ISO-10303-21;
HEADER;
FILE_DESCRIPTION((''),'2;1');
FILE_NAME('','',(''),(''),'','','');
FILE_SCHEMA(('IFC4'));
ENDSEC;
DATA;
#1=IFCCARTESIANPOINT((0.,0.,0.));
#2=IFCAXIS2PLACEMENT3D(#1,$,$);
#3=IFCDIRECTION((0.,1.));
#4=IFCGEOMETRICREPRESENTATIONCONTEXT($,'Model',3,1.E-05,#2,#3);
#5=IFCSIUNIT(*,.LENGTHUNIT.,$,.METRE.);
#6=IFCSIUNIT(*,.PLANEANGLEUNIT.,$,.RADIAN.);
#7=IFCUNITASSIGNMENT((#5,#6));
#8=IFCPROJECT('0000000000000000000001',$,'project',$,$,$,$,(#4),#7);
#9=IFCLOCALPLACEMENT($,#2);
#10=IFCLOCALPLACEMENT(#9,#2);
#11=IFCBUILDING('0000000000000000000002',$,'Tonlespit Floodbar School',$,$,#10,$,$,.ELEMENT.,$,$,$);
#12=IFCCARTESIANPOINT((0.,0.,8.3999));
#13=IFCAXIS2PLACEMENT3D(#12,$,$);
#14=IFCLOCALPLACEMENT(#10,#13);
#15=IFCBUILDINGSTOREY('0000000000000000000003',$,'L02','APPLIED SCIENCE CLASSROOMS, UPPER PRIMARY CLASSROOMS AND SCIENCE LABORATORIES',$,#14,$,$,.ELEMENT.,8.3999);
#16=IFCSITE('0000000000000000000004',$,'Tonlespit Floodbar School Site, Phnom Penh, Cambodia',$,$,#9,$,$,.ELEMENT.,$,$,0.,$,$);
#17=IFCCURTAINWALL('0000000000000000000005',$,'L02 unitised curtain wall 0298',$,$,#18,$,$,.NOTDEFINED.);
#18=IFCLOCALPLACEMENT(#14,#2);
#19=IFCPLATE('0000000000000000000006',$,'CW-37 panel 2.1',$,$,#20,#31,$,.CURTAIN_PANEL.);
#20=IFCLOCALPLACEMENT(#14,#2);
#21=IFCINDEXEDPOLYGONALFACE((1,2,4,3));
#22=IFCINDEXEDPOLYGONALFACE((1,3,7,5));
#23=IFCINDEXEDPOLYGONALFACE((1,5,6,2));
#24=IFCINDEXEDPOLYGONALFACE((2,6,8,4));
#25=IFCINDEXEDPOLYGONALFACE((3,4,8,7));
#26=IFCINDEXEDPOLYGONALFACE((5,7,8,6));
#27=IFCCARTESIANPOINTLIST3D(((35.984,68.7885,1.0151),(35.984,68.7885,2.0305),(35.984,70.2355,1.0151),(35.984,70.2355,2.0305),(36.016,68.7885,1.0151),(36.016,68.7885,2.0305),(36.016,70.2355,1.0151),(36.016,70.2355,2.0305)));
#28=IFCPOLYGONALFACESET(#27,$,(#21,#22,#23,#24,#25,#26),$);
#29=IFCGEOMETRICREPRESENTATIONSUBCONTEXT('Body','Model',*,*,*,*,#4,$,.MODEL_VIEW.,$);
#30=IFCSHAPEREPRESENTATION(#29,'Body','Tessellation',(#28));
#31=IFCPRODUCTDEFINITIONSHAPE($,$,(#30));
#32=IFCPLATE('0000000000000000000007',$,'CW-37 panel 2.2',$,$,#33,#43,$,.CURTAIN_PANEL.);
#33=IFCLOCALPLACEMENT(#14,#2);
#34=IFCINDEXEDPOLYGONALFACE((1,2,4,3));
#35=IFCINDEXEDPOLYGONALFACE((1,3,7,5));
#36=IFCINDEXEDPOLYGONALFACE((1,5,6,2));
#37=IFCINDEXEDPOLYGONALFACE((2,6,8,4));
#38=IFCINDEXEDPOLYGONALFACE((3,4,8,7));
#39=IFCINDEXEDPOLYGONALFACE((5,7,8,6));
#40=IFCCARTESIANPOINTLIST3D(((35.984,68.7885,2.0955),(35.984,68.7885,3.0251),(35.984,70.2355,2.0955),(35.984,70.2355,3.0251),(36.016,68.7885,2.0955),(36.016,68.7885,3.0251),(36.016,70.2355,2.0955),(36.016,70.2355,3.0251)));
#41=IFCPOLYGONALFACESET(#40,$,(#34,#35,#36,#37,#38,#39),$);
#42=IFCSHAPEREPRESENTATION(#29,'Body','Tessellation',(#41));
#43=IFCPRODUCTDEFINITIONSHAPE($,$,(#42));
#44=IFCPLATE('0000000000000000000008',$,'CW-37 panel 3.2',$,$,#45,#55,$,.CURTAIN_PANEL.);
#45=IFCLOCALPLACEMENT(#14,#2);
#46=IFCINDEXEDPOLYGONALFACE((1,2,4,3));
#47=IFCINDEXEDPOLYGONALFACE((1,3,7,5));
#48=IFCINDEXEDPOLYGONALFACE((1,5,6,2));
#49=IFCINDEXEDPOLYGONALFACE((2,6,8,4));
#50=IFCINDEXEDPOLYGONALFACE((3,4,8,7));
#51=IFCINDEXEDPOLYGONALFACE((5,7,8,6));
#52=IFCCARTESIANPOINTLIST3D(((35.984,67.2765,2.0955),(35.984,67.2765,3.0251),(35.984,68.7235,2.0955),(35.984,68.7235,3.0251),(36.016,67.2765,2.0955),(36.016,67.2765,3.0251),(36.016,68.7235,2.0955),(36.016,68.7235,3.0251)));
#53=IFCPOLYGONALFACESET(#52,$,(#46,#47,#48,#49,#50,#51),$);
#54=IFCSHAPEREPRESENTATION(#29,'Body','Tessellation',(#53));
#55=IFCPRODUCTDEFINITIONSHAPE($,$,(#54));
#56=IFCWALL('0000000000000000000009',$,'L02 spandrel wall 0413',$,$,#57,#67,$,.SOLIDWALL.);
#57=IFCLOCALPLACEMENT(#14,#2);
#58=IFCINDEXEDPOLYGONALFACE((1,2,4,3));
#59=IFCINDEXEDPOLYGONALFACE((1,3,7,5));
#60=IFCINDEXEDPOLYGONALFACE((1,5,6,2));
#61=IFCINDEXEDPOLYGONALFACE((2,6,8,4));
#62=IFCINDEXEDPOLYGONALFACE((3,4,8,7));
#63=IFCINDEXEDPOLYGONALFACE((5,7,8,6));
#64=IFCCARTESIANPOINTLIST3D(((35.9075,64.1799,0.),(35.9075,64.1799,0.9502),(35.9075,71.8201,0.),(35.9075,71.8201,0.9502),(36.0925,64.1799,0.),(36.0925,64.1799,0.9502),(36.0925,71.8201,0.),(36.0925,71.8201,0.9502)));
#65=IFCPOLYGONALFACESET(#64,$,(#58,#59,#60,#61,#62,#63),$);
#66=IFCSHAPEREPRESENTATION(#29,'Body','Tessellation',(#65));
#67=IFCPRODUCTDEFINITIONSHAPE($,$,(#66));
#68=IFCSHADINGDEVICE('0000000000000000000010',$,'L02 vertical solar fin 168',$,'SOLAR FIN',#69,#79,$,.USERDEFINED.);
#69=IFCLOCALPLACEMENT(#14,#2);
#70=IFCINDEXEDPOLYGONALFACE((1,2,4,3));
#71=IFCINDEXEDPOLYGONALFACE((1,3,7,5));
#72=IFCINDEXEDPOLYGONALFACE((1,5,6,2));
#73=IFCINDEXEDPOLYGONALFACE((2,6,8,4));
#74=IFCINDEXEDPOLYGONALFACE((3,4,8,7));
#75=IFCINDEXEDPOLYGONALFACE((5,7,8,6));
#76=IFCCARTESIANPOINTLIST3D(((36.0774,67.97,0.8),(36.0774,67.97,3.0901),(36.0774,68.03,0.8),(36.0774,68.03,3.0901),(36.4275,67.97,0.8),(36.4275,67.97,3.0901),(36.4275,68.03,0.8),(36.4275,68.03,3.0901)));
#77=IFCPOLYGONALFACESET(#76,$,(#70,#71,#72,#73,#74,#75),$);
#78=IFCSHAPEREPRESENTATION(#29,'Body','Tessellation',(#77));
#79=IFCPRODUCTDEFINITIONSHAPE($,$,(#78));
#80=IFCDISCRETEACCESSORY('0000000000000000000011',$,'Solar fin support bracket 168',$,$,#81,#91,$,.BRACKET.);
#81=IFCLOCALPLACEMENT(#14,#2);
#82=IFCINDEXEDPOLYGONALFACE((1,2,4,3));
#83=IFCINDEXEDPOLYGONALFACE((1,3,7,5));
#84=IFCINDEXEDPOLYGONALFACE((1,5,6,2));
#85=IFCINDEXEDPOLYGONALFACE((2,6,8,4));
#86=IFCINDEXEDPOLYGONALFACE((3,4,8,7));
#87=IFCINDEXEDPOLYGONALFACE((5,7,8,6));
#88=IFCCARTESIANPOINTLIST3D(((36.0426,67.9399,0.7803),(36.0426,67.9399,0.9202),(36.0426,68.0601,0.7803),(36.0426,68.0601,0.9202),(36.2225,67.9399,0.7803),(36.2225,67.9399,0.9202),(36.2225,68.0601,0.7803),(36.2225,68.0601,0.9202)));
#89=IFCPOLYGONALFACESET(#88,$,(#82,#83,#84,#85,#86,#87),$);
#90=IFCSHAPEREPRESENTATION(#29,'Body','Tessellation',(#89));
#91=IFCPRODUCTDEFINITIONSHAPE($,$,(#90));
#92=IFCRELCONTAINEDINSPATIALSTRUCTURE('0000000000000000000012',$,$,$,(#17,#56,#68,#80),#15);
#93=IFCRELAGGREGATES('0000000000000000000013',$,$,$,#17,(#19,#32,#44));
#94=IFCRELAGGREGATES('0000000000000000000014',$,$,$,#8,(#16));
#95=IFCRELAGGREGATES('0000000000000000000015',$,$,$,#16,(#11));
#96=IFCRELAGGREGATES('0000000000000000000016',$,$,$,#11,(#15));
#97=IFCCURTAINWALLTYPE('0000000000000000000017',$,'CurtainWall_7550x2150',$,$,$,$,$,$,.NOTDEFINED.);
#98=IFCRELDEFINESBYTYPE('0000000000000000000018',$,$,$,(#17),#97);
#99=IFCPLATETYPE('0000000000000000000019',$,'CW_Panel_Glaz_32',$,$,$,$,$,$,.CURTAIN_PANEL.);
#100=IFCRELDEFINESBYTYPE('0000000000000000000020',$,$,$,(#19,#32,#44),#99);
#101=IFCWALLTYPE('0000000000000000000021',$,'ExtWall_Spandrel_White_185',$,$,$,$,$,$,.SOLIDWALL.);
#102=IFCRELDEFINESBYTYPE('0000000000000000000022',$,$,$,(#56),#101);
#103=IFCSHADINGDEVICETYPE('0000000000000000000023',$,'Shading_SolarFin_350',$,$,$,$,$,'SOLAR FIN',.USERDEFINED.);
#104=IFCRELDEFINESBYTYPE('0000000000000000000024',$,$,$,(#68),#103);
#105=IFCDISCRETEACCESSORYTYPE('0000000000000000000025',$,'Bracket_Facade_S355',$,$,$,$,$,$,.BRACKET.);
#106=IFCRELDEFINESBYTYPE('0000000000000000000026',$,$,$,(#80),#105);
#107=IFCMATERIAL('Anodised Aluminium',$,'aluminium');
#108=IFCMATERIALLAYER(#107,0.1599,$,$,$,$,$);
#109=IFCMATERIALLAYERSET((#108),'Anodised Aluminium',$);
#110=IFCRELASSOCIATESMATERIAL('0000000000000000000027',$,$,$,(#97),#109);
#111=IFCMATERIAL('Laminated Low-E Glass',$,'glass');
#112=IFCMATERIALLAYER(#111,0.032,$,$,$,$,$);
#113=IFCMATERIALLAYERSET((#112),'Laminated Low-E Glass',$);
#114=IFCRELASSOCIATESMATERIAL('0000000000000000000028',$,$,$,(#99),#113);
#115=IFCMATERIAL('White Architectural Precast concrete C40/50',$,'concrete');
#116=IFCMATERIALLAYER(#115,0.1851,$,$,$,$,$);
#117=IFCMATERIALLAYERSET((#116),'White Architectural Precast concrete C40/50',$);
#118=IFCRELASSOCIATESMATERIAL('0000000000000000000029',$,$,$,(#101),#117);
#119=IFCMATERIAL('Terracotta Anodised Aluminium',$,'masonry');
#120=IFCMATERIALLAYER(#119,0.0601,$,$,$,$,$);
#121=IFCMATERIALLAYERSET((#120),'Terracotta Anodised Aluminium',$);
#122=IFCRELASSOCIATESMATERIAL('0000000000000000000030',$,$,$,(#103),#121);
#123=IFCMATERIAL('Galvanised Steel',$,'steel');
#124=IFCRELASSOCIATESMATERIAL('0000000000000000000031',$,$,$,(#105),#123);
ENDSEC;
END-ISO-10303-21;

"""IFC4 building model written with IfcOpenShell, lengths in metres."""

from ifc_helpers import new_model, si_unit, direction, frame, frame_2d, origin, origin_2d, place, context, subcontext, project, spatial, rectangle, extrude, material, layer, layer_set, type_object, element, aggregate, save


model = new_model("IFC4")

# Units and contexts
model_context = context("Model", 3, precision=1e-05, world=origin(), true_north=direction((0.0, 1.0)))
body_context = subcontext(model_context, "Body", "Model", "MODEL_VIEW")
ifc_project = project(units=[si_unit("LENGTHUNIT", "METRE"), si_unit("PLANEANGLEUNIT", "RADIAN")], contexts=[model_context])

# Site, building, storey
site_placement = place(None, origin())
site = spatial("IfcSite", under=ifc_project, at=site_placement, Name="Tonlespit Floodbar School Site, Phnom Penh, Cambodia", CompositionType="ELEMENT", RefElevation=0.0)
building_placement = place(site_placement, origin())
building = spatial("IfcBuilding", under=site, at=building_placement, Name="Tonlespit Floodbar School", CompositionType="ELEMENT")
storey_placement = place(building_placement, frame((0.0, 0.0, 8.3999)))
storey = spatial("IfcBuildingStorey", under=building, at=storey_placement, Name="L02", Description="APPLIED SCIENCE CLASSROOMS, UPPER PRIMARY CLASSROOMS AND SCIENCE LABORATORIES", CompositionType="ELEMENT", Elevation=8.3999)

# Curtain wall, plates
ifc_material_1 = material(Name="Anodised Aluminium", Category="aluminium")
ifc_layer_1 = layer(ifc_material_1, 0.1599)
ifc_layer_set_1 = layer_set([ifc_layer_1], Name="Anodised Aluminium")
curtain_wall_type = type_object("IfcCurtainWallType", Name="CurtainWall_7550x2150", PredefinedType="NOTDEFINED", material=ifc_layer_set_1)
curtain_wall_placement = place(storey_placement, origin())
curtain_wall = element("IfcCurtainWall", 1, at=curtain_wall_placement, inside=storey, type_object=curtain_wall_type, Name="L02 unitised curtain wall 0298", PredefinedType="NOTDEFINED")
ifc_material_2 = material(Name="Laminated Low-E Glass", Category="glass")
ifc_layer_2 = layer(ifc_material_2, 0.032)
ifc_layer_set_2 = layer_set([ifc_layer_2], Name="Laminated Low-E Glass")
plate_type = type_object("IfcPlateType", Name="CW_Panel_Glaz_32", PredefinedType="CURTAIN_PANEL", material=ifc_layer_set_2)
plate_1_placement = place(storey_placement, frame((36.0, 69.512, 1.0151), z_axis=(0.0, 0.0, 1.0), x_axis=(0.0, -1.0, 0.0)))
plate_1 = element("IfcPlate", 2, at=plate_1_placement, type_object=plate_type, Name="CW-37 panel 2.1", PredefinedType="CURTAIN_PANEL", context=body_context, shape_type="SweptSolid", body=[
    extrude(rectangle(XDim=1.447, YDim=0.032, at=origin_2d()), origin(), (0.0, 0.0, 1.0), 1.0154),
])
plate_2_placement = place(storey_placement, frame((36.0, 69.512, 2.0955), z_axis=(0.0, 0.0, 1.0), x_axis=(0.0, -1.0, 0.0)))
plate_2 = element("IfcPlate", 3, at=plate_2_placement, type_object=plate_type, Name="CW-37 panel 2.2", PredefinedType="CURTAIN_PANEL", context=body_context, shape_type="SweptSolid", body=[
    extrude(rectangle(XDim=1.447, YDim=0.032, at=origin_2d()), origin(), (0.0, 0.0, 1.0), 0.9297),
])
plate_3_placement = place(storey_placement, frame((36.0, 68.0, 2.0955), z_axis=(0.0, 0.0, 1.0), x_axis=(0.0, -1.0, 0.0)))
plate_3 = element("IfcPlate", 4, at=plate_3_placement, type_object=plate_type, Name="CW-37 panel 3.2", PredefinedType="CURTAIN_PANEL", context=body_context, shape_type="SweptSolid", body=[
    extrude(rectangle(XDim=1.447, YDim=0.032, at=origin_2d()), origin(), (0.0, 0.0, 1.0), 0.9297),
])
aggregate(curtain_wall, [plate_1, plate_2, plate_3])

# Wall
ifc_material_3 = material(Name="White Architectural Precast concrete C40/50", Category="concrete")
ifc_layer_3 = layer(ifc_material_3, 0.1851)
ifc_layer_set_3 = layer_set([ifc_layer_3], Name="White Architectural Precast concrete C40/50")
wall_type = type_object("IfcWallType", Name="ExtWall_Spandrel_White_185", PredefinedType="SOLIDWALL", material=ifc_layer_set_3)
wall_placement = place(storey_placement, frame((36.0, 71.8201, 0.0), z_axis=(0.0, 0.0, 1.0), x_axis=(0.0, -1.0, 0.0)))
element("IfcWall", 5, at=wall_placement, inside=storey, type_object=wall_type, Name="L02 spandrel wall 0413", PredefinedType="SOLIDWALL", context=body_context, shape_type="SweptSolid", body=[
    extrude(rectangle(XDim=7.6401, YDim=0.1851, at=frame_2d((3.8201, 0.0))), origin(), (0.0, 0.0, 1.0), 0.9502),
])

# Shading device
ifc_material_4 = material(Name="Terracotta Anodised Aluminium", Category="masonry")
ifc_layer_4 = layer(ifc_material_4, 0.0601)
ifc_layer_set_4 = layer_set([ifc_layer_4], Name="Terracotta Anodised Aluminium")
shading_device_type = type_object("IfcShadingDeviceType", Name="Shading_SolarFin_350", ElementType="SOLAR FIN", PredefinedType="USERDEFINED", material=ifc_layer_set_4)
shading_device_placement = place(storey_placement, frame((36.2524, 68.0, 0.8), z_axis=(0.0, 0.0, 1.0), x_axis=(0.0, -1.0, 0.0)))
element("IfcShadingDevice", 6, at=shading_device_placement, inside=storey, type_object=shading_device_type, Name="L02 vertical solar fin 168", ObjectType="SOLAR FIN", PredefinedType="USERDEFINED", context=body_context, shape_type="SweptSolid", body=[
    extrude(rectangle(XDim=0.0601, YDim=0.3501, at=origin_2d()), origin(), (0.0, 0.0, 1.0), 2.29),
])

# Discrete accessory
ifc_material_5 = material(Name="Galvanised Steel", Category="steel")
discrete_accessory_type = type_object("IfcDiscreteAccessoryType", Name="Bracket_Facade_S355", PredefinedType="BRACKET", material=ifc_material_5)
discrete_accessory_placement = place(storey_placement, frame((36.1326, 68.0, 0.7803), z_axis=(0.0, 0.0, 1.0), x_axis=(0.0, -1.0, 0.0)))
element("IfcDiscreteAccessory", 7, at=discrete_accessory_placement, inside=storey, type_object=discrete_accessory_type, Name="Solar fin support bracket 168", PredefinedType="BRACKET", context=body_context, shape_type="SweptSolid", body=[
    extrude(rectangle(XDim=0.1201, YDim=0.1799, at=origin_2d()), origin(), (0.0, 0.0, 1.0), 0.1399),
])

save(model, "model.ifc")
